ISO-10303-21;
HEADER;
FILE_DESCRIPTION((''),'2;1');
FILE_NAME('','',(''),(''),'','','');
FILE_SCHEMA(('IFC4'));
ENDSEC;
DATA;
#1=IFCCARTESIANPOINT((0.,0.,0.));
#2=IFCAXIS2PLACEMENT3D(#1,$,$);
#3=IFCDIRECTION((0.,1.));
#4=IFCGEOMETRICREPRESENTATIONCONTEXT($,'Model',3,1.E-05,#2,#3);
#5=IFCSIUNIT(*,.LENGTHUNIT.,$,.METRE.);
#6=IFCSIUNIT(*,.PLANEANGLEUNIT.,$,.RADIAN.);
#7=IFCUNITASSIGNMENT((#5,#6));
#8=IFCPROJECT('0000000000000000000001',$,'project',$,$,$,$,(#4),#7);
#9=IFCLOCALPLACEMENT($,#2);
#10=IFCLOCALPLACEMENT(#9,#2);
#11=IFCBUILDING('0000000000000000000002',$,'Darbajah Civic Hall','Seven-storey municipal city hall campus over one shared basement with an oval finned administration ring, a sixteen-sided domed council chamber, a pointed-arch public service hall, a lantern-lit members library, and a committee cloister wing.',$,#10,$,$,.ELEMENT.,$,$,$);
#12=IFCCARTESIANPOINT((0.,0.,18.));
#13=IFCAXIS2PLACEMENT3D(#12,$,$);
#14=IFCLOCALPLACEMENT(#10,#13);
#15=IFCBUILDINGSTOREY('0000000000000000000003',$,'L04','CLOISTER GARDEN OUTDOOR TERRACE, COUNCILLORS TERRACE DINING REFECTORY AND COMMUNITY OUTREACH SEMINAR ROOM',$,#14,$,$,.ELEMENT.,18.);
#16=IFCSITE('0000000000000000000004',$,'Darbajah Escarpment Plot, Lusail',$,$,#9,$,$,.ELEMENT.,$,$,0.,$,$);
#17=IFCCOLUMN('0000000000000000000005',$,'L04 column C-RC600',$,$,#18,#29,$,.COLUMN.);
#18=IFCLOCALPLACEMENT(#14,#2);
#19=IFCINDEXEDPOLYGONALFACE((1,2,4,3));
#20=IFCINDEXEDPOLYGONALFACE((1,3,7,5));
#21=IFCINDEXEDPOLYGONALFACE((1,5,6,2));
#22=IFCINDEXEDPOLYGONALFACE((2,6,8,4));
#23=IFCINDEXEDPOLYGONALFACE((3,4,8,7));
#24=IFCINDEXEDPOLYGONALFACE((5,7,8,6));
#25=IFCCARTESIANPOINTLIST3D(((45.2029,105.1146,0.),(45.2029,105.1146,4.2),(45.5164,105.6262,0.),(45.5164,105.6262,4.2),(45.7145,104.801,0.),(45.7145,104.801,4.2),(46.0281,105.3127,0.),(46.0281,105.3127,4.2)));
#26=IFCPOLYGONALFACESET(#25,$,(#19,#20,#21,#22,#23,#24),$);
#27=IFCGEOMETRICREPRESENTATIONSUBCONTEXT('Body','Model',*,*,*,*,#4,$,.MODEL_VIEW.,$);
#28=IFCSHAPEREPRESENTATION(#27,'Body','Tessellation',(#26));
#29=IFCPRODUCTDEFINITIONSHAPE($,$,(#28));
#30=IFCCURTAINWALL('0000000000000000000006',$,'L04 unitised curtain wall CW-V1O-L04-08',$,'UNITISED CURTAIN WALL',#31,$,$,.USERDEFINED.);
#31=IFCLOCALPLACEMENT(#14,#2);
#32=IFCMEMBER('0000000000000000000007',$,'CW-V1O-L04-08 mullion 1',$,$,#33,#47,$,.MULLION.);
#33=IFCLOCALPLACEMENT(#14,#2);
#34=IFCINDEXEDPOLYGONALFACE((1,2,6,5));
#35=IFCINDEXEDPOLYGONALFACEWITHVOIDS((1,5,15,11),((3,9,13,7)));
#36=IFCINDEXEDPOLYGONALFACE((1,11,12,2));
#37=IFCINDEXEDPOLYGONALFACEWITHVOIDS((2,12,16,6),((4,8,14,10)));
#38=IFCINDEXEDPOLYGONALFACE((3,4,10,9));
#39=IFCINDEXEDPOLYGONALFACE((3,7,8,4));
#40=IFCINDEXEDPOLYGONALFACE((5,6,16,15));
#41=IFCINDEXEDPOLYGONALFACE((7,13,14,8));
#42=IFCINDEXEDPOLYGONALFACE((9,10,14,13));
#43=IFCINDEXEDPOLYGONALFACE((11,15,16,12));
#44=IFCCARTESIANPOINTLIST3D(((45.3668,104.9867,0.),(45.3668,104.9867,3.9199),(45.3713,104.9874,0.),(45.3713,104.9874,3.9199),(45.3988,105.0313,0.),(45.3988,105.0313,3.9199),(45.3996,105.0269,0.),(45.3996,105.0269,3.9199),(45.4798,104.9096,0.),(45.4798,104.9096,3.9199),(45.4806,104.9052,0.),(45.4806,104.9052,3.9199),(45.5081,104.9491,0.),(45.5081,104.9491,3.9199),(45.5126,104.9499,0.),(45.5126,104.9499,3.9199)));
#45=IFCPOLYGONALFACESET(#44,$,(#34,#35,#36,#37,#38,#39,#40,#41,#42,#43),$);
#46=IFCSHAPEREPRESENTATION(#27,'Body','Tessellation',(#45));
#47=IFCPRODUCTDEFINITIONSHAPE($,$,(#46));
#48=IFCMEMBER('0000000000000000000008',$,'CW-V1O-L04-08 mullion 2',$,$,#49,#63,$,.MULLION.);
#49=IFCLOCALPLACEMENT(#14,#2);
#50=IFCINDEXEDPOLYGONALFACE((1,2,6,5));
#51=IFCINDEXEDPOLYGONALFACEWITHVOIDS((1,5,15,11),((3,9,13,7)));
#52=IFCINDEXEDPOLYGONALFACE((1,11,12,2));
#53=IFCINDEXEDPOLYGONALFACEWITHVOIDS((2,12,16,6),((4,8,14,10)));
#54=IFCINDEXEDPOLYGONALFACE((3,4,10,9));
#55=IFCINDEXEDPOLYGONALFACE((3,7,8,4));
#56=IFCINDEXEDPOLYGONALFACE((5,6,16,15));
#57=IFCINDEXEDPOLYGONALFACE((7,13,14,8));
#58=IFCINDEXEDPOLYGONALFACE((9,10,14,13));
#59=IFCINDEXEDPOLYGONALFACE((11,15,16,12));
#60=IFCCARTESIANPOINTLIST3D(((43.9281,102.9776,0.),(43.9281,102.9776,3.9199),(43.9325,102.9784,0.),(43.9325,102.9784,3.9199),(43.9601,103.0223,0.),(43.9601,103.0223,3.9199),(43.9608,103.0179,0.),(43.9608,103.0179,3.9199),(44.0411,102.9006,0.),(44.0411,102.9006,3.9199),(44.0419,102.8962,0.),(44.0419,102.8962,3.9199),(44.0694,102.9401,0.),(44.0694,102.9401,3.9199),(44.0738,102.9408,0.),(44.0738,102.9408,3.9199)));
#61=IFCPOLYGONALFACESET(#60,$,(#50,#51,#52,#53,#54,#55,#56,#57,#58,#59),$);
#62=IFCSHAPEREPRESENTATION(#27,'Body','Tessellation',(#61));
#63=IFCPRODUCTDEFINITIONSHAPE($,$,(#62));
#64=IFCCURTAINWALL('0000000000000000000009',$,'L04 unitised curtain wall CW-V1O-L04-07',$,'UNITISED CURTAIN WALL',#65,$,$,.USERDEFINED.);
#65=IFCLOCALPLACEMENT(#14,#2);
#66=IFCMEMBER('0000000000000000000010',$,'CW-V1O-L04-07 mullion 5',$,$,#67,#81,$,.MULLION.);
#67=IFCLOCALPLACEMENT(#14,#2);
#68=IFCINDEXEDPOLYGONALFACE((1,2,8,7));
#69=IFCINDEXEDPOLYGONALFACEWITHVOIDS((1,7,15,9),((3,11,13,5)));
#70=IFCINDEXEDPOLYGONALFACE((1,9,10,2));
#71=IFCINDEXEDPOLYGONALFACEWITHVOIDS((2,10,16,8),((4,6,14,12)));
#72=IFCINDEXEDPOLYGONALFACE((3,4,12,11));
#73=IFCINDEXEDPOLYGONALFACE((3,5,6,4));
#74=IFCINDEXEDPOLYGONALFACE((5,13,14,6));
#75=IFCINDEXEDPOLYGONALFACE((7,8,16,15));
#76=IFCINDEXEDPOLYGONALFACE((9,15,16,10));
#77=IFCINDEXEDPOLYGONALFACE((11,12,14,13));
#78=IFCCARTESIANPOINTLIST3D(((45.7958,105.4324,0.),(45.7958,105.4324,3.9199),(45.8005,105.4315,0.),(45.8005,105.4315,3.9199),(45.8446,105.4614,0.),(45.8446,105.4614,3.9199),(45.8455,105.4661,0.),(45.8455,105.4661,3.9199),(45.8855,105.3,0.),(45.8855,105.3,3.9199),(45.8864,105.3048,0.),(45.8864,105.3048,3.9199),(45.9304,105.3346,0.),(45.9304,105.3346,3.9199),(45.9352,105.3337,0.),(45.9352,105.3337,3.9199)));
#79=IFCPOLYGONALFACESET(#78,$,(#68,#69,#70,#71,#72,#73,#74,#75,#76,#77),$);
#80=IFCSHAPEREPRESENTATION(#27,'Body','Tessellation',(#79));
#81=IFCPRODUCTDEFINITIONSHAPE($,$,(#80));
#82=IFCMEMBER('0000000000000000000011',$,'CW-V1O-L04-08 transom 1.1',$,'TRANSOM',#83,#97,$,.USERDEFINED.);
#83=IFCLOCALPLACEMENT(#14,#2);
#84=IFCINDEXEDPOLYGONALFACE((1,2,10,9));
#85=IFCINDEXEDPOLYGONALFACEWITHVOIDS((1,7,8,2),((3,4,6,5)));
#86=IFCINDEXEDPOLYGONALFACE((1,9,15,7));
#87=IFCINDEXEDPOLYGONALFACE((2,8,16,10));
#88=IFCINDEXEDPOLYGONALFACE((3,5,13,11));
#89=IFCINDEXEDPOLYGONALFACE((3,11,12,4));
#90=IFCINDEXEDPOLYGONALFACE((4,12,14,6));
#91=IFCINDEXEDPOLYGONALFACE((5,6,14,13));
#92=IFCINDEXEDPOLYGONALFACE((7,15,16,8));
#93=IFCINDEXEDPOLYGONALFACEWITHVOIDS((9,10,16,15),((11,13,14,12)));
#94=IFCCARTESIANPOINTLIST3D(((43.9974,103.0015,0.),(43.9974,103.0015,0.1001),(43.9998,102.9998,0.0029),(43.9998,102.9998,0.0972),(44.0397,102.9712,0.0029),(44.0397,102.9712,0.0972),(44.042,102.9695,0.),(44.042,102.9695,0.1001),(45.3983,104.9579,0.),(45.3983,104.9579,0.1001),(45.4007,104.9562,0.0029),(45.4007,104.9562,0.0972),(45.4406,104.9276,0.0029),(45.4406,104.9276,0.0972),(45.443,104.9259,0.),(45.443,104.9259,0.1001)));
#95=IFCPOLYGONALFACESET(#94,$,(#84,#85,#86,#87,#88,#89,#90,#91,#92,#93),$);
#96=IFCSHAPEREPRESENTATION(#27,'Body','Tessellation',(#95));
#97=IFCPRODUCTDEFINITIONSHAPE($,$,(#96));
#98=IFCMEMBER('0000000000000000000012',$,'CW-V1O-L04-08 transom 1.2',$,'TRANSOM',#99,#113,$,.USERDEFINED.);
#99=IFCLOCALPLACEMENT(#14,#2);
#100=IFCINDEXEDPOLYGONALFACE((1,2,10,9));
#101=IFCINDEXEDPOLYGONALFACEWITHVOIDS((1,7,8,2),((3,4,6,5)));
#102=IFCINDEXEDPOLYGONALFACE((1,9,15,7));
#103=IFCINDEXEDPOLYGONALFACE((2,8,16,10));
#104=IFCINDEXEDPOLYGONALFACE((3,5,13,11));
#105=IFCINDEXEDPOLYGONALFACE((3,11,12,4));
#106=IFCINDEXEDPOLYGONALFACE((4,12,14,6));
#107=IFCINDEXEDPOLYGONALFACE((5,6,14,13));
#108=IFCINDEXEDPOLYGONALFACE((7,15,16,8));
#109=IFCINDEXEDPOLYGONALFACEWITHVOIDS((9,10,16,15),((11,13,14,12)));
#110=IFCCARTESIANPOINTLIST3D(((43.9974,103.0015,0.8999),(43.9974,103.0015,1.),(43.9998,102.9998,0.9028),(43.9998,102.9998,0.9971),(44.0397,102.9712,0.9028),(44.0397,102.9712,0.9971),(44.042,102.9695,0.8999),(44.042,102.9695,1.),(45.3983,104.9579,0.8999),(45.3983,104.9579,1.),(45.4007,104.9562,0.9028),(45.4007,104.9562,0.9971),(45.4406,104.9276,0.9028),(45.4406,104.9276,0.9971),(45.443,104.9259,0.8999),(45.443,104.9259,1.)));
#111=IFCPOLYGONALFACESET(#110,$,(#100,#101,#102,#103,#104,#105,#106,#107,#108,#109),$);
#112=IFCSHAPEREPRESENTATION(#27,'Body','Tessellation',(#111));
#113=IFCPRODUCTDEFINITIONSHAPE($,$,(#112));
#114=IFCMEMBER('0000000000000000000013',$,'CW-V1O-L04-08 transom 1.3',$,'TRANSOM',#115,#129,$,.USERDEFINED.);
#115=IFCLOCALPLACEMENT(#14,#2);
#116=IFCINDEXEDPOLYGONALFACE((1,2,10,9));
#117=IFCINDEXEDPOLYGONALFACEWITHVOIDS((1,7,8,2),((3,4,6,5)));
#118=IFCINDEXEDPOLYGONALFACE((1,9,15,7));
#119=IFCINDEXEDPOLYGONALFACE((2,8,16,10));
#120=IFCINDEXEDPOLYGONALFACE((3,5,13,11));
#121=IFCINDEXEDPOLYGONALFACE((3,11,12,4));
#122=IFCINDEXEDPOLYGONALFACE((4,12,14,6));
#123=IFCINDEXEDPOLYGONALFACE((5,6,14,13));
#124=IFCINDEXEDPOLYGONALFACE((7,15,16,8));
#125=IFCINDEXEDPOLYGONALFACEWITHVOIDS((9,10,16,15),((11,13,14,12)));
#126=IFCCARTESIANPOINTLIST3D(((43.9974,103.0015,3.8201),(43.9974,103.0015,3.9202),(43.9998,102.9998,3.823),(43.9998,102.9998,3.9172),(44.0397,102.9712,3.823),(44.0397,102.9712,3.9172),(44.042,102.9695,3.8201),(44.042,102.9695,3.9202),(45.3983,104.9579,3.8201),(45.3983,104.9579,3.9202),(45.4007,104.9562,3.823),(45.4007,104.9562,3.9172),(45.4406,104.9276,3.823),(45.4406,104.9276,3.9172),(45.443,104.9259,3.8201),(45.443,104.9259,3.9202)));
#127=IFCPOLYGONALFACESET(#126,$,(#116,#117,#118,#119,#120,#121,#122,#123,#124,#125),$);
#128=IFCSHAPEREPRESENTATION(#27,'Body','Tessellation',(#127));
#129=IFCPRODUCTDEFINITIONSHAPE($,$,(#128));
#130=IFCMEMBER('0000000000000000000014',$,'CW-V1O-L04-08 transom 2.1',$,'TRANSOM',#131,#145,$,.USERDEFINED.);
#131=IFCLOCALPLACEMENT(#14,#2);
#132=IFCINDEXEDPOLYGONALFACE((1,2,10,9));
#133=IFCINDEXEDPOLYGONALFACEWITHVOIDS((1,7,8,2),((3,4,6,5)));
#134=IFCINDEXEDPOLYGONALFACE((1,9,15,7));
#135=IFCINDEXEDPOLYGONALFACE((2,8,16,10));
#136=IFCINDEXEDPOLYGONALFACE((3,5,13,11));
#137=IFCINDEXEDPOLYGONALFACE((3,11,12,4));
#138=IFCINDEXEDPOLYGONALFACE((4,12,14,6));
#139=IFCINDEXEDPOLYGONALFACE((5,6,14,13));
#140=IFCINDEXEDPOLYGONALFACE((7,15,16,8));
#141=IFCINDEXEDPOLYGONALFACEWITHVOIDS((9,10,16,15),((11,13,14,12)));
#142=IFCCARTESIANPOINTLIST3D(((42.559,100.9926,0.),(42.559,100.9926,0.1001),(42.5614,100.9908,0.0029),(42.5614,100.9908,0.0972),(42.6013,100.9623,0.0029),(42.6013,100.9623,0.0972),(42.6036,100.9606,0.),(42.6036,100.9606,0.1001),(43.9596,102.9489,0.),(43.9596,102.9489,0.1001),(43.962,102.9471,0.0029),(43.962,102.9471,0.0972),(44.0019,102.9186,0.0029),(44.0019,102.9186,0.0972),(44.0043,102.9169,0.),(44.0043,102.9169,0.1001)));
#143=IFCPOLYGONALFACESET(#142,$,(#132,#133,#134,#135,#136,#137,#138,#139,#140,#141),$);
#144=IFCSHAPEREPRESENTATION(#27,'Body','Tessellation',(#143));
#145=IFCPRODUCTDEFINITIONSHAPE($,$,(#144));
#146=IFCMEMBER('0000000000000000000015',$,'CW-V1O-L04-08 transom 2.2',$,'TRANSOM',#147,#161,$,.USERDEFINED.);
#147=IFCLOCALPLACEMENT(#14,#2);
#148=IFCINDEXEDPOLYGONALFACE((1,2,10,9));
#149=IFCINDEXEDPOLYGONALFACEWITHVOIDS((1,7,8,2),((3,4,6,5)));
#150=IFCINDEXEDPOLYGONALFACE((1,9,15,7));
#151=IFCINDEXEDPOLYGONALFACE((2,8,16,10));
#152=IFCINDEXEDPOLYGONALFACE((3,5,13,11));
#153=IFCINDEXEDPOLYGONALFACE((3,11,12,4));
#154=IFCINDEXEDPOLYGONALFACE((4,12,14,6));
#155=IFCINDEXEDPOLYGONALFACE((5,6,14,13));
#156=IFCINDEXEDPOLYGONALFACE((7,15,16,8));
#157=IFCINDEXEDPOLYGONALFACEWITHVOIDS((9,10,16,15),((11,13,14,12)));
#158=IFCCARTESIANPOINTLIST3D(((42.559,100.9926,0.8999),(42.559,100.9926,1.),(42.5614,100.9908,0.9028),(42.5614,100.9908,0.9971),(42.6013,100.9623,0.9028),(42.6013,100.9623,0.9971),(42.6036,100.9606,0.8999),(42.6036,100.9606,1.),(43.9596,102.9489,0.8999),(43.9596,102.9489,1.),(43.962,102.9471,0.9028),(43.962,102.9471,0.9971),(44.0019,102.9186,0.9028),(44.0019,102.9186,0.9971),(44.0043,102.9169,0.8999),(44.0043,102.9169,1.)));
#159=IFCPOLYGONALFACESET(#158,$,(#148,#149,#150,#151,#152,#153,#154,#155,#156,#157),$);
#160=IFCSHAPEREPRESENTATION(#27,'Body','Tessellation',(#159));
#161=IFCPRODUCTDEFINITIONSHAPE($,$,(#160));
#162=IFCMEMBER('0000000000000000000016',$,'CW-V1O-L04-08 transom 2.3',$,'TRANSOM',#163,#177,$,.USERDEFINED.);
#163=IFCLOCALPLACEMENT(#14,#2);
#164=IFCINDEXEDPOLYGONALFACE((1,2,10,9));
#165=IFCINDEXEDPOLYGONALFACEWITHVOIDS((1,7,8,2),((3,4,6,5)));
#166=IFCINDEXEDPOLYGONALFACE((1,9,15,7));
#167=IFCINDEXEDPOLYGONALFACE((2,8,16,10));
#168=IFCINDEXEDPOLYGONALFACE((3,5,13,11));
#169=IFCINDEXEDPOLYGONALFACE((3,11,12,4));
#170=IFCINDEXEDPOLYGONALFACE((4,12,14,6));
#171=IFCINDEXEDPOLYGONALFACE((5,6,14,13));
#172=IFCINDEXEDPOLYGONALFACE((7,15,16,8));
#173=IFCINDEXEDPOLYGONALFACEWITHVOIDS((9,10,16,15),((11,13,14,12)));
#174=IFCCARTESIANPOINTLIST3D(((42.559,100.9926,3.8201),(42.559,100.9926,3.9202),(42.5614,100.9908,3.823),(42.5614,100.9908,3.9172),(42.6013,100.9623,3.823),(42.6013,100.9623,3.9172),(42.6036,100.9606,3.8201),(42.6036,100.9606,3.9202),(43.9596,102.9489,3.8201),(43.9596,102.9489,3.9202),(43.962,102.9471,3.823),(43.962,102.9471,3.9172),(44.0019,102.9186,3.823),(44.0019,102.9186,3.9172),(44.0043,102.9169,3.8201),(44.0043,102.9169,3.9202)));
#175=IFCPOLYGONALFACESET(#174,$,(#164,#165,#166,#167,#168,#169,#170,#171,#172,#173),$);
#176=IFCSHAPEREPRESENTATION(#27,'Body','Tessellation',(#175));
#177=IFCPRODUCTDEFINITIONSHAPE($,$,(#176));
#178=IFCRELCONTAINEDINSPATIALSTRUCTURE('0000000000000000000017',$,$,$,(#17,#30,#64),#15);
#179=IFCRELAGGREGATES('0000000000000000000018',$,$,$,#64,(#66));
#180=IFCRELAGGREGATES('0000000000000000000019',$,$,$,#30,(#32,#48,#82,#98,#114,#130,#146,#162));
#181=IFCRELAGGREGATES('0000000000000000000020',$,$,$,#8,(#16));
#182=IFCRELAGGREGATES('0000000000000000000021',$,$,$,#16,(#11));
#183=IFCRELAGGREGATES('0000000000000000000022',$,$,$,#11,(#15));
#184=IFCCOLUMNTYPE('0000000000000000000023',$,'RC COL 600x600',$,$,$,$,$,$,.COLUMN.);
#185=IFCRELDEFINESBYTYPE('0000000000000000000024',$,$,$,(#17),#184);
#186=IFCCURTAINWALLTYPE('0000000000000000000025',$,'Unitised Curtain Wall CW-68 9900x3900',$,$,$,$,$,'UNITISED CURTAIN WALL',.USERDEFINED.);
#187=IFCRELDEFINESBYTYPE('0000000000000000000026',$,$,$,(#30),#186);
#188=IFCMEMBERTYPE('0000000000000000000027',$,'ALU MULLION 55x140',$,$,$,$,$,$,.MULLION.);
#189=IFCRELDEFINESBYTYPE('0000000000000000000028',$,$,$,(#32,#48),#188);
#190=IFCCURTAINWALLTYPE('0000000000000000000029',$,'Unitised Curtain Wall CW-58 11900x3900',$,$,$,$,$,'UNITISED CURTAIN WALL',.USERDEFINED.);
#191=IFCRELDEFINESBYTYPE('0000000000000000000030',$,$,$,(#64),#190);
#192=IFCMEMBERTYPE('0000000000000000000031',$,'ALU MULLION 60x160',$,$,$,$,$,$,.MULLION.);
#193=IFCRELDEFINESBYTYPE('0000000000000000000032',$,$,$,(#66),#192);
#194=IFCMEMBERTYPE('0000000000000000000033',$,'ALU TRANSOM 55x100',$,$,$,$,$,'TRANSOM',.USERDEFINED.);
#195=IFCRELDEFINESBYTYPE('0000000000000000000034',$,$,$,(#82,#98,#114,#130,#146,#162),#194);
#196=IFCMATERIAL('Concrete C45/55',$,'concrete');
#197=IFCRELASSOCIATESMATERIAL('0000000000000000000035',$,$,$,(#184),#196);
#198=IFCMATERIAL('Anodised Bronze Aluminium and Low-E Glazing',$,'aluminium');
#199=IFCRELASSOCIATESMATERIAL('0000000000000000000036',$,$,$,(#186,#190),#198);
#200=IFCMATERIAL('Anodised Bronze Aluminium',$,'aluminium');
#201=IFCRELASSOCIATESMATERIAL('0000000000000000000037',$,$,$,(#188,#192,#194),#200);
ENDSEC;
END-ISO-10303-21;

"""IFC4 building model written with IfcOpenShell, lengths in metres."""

from ifc_helpers import new_model, si_unit, direction, frame, origin, origin_2d, place, context, subcontext, project, spatial, rectangle, hollow_rectangle, extrude, material, material_profile, profile_set, type_object, element, aggregate, save


model = new_model("IFC4")

# Units and contexts
model_context = context("Model", 3, precision=1e-05, world=origin(), true_north=direction((0.0, 1.0)))
body_context = subcontext(model_context, "Body", "Model", "MODEL_VIEW")
ifc_project = project(units=[si_unit("LENGTHUNIT", "METRE"), si_unit("PLANEANGLEUNIT", "RADIAN")], contexts=[model_context])

# Site, building, storey
site_placement = place(None, origin())
site = spatial("IfcSite", under=ifc_project, at=site_placement, Name="Darbajah Escarpment Plot, Lusail", CompositionType="ELEMENT", RefElevation=0.0)
building_placement = place(site_placement, origin())
building = spatial("IfcBuilding", under=site, at=building_placement, Name="Darbajah Civic Hall", Description="Seven-storey municipal city hall campus over one shared basement with an oval finned administration ring, a sixteen-sided domed council chamber, a pointed-arch public service hall, a lantern-lit members library, and a committee cloister wing.", CompositionType="ELEMENT")
storey_placement = place(building_placement, frame((0.0, 0.0, 18.0)))
storey = spatial("IfcBuildingStorey", under=building, at=storey_placement, Name="L04", Description="CLOISTER GARDEN OUTDOOR TERRACE, COUNCILLORS TERRACE DINING REFECTORY AND COMMUNITY OUTREACH SEMINAR ROOM", CompositionType="ELEMENT", Elevation=18.0)

# Column
ifc_material_1 = material(Name="Concrete C45/55", Category="concrete")
ifc_material_profile_1 = material_profile(ifc_material_1, rectangle(XDim=0.6001, YDim=0.6001, at=origin_2d()), Name="RC COL 600x600")
ifc_profile_set_1 = profile_set([ifc_material_profile_1], Name="Concrete C45/55")
column_type = type_object("IfcColumnType", Name="RC COL 600x600", PredefinedType="COLUMN", material=ifc_profile_set_1)
column_placement = place(storey_placement, frame((45.6155, 105.2136, 0.0), z_axis=(0.0, 0.0, 1.0), x_axis=(-0.85264, 0.522499, 0.0)))
element("IfcColumn", 1, at=column_placement, inside=storey, type_object=column_type, Name="L04 column C-RC600", PredefinedType="COLUMN", context=body_context, shape_type="SweptSolid", body=[
    extrude(rectangle(XDim=0.6001, YDim=0.6001, at=origin_2d()), origin(), (0.0, 0.0, 1.0), 4.2),
])

# Curtain wall, members
ifc_material_2 = material(Name="Anodised Bronze Aluminium and Low-E Glazing", Category="aluminium")
curtain_wall_type_1 = type_object("IfcCurtainWallType", Name="Unitised Curtain Wall CW-68 9900x3900", ElementType="UNITISED CURTAIN WALL", PredefinedType="USERDEFINED", material=ifc_material_2)
curtain_wall_1_placement = place(storey_placement, origin())
curtain_wall_1 = element("IfcCurtainWall", 2, at=curtain_wall_1_placement, inside=storey, type_object=curtain_wall_type_1, Name="L04 unitised curtain wall CW-V1O-L04-08", ObjectType="UNITISED CURTAIN WALL", PredefinedType="USERDEFINED")
ifc_material_3 = material(Name="Anodised Bronze Aluminium", Category="aluminium")
ifc_material_profile_2 = material_profile(ifc_material_3, hollow_rectangle(XDim=0.0549, YDim=0.1399, WallThickness=0.0032, at=origin_2d()), Name="ALU MULLION 55x140")
ifc_profile_set_2 = profile_set([ifc_material_profile_2], Name="Anodised Bronze Aluminium")
member_type_1 = type_object("IfcMemberType", Name="ALU MULLION 55x140", PredefinedType="MULLION", material=ifc_profile_set_2)
member_1_placement = place(storey_placement, frame((45.4397, 104.9683, 0.0), z_axis=(0.0, 0.0, 1.0), x_axis=(-0.582265, -0.812999, 0.0)))
member_1 = element("IfcMember", 3, at=member_1_placement, type_object=member_type_1, Name="CW-V1O-L04-08 mullion 1", PredefinedType="MULLION", context=body_context, shape_type="SweptSolid", body=[
    extrude(hollow_rectangle(XDim=0.0549, YDim=0.1399, WallThickness=0.0032, at=origin_2d()), origin(), (0.0, 0.0, 1.0), 3.9199),
])
member_2_placement = place(storey_placement, frame((44.001, 102.9592, 0.0), z_axis=(0.0, 0.0, 1.0), x_axis=(-0.582265, -0.812999, 0.0)))
member_2 = element("IfcMember", 4, at=member_2_placement, type_object=member_type_1, Name="CW-V1O-L04-08 mullion 2", PredefinedType="MULLION", context=body_context, shape_type="SweptSolid", body=[
    extrude(hollow_rectangle(XDim=0.0549, YDim=0.1399, WallThickness=0.0032, at=origin_2d()), origin(), (0.0, 0.0, 1.0), 3.9199),
])

# Curtain wall, member
curtain_wall_type_2 = type_object("IfcCurtainWallType", Name="Unitised Curtain Wall CW-58 11900x3900", ElementType="UNITISED CURTAIN WALL", PredefinedType="USERDEFINED", material=ifc_material_2)
curtain_wall_2_placement = place(storey_placement, origin())
curtain_wall_2 = element("IfcCurtainWall", 5, at=curtain_wall_2_placement, inside=storey, type_object=curtain_wall_type_2, Name="L04 unitised curtain wall CW-V1O-L04-07", ObjectType="UNITISED CURTAIN WALL", PredefinedType="USERDEFINED")
ifc_material_profile_3 = material_profile(ifc_material_3, hollow_rectangle(XDim=0.0601, YDim=0.1599, WallThickness=0.0034, at=origin_2d()), Name="ALU MULLION 60x160")
ifc_profile_set_3 = profile_set([ifc_material_profile_3], Name="Anodised Bronze Aluminium")
member_type_2 = type_object("IfcMemberType", Name="ALU MULLION 60x160", PredefinedType="MULLION", material=ifc_profile_set_3)
member_3_placement = place(storey_placement, frame((45.8655, 105.3831, 0.0), z_axis=(0.0, 0.0, 1.0), x_axis=(-0.827962, -0.560784, 0.0)))
member_3 = element("IfcMember", 6, at=member_3_placement, type_object=member_type_2, Name="CW-V1O-L04-07 mullion 5", PredefinedType="MULLION", context=body_context, shape_type="SweptSolid", body=[
    extrude(hollow_rectangle(XDim=0.0601, YDim=0.1599, WallThickness=0.0034, at=origin_2d()), origin(), (0.0, 0.0, 1.0), 3.9199),
])
aggregate(curtain_wall_2, [member_3])

# Members
ifc_material_profile_4 = material_profile(ifc_material_3, hollow_rectangle(XDim=0.0549, YDim=0.1001, WallThickness=0.0029, at=origin_2d()), Name="ALU TRANSOM 55x100")
ifc_profile_set_4 = profile_set([ifc_material_profile_4], Name="Anodised Bronze Aluminium")
member_type_3 = type_object("IfcMemberType", Name="ALU TRANSOM 55x100", ElementType="TRANSOM", PredefinedType="USERDEFINED", material=ifc_profile_set_4)
member_4_placement = place(storey_placement, frame((45.4207, 104.9419, 0.05), z_axis=(-0.582207, -0.81304, 0.0), x_axis=(0.81304, -0.582207, 0.0)))
member_4 = element("IfcMember", 7, at=member_4_placement, type_object=member_type_3, Name="CW-V1O-L04-08 transom 1.1", ObjectType="TRANSOM", PredefinedType="USERDEFINED", context=body_context, shape_type="SweptSolid", body=[
    extrude(hollow_rectangle(XDim=0.0549, YDim=0.1001, WallThickness=0.0029, at=origin_2d()), origin(), (0.0, 0.0, 1.0), 2.4062),
])
member_5_placement = place(storey_placement, frame((45.4207, 104.9419, 0.95), z_axis=(-0.582207, -0.81304, 0.0), x_axis=(0.81304, -0.582207, 0.0)))
member_5 = element("IfcMember", 8, at=member_5_placement, type_object=member_type_3, Name="CW-V1O-L04-08 transom 1.2", ObjectType="TRANSOM", PredefinedType="USERDEFINED", context=body_context, shape_type="SweptSolid", body=[
    extrude(hollow_rectangle(XDim=0.0549, YDim=0.1001, WallThickness=0.0029, at=origin_2d()), origin(), (0.0, 0.0, 1.0), 2.4062),
])
member_6_placement = place(storey_placement, frame((45.4207, 104.9419, 3.8701), z_axis=(-0.582207, -0.81304, 0.0), x_axis=(0.81304, -0.582207, 0.0)))
member_6 = element("IfcMember", 9, at=member_6_placement, type_object=member_type_3, Name="CW-V1O-L04-08 transom 1.3", ObjectType="TRANSOM", PredefinedType="USERDEFINED", context=body_context, shape_type="SweptSolid", body=[
    extrude(hollow_rectangle(XDim=0.0549, YDim=0.1001, WallThickness=0.0029, at=origin_2d()), origin(), (0.0, 0.0, 1.0), 2.4062),
])
member_7_placement = place(storey_placement, frame((43.9819, 102.9329, 0.05), z_axis=(-0.58214, -0.813088, 0.0), x_axis=(0.813088, -0.58214, 0.0)))
member_7 = element("IfcMember", 10, at=member_7_placement, type_object=member_type_3, Name="CW-V1O-L04-08 transom 2.1", ObjectType="TRANSOM", PredefinedType="USERDEFINED", context=body_context, shape_type="SweptSolid", body=[
    extrude(hollow_rectangle(XDim=0.0549, YDim=0.1001, WallThickness=0.0029, at=origin_2d()), origin(), (0.0, 0.0, 1.0), 2.406),
])
member_8_placement = place(storey_placement, frame((43.9819, 102.9329, 0.95), z_axis=(-0.58214, -0.813088, 0.0), x_axis=(0.813088, -0.58214, 0.0)))
member_8 = element("IfcMember", 11, at=member_8_placement, type_object=member_type_3, Name="CW-V1O-L04-08 transom 2.2", ObjectType="TRANSOM", PredefinedType="USERDEFINED", context=body_context, shape_type="SweptSolid", body=[
    extrude(hollow_rectangle(XDim=0.0549, YDim=0.1001, WallThickness=0.0029, at=origin_2d()), origin(), (0.0, 0.0, 1.0), 2.406),
])
member_9_placement = place(storey_placement, frame((43.9819, 102.9329, 3.8701), z_axis=(-0.58214, -0.813088, 0.0), x_axis=(0.813088, -0.58214, 0.0)))
member_9 = element("IfcMember", 12, at=member_9_placement, type_object=member_type_3, Name="CW-V1O-L04-08 transom 2.3", ObjectType="TRANSOM", PredefinedType="USERDEFINED", context=body_context, shape_type="SweptSolid", body=[
    extrude(hollow_rectangle(XDim=0.0549, YDim=0.1001, WallThickness=0.0029, at=origin_2d()), origin(), (0.0, 0.0, 1.0), 2.406),
])

aggregate(curtain_wall_1, [member_1, member_2, member_4, member_5, member_6, member_7, member_8, member_9])

save(model, "model.ifc")
